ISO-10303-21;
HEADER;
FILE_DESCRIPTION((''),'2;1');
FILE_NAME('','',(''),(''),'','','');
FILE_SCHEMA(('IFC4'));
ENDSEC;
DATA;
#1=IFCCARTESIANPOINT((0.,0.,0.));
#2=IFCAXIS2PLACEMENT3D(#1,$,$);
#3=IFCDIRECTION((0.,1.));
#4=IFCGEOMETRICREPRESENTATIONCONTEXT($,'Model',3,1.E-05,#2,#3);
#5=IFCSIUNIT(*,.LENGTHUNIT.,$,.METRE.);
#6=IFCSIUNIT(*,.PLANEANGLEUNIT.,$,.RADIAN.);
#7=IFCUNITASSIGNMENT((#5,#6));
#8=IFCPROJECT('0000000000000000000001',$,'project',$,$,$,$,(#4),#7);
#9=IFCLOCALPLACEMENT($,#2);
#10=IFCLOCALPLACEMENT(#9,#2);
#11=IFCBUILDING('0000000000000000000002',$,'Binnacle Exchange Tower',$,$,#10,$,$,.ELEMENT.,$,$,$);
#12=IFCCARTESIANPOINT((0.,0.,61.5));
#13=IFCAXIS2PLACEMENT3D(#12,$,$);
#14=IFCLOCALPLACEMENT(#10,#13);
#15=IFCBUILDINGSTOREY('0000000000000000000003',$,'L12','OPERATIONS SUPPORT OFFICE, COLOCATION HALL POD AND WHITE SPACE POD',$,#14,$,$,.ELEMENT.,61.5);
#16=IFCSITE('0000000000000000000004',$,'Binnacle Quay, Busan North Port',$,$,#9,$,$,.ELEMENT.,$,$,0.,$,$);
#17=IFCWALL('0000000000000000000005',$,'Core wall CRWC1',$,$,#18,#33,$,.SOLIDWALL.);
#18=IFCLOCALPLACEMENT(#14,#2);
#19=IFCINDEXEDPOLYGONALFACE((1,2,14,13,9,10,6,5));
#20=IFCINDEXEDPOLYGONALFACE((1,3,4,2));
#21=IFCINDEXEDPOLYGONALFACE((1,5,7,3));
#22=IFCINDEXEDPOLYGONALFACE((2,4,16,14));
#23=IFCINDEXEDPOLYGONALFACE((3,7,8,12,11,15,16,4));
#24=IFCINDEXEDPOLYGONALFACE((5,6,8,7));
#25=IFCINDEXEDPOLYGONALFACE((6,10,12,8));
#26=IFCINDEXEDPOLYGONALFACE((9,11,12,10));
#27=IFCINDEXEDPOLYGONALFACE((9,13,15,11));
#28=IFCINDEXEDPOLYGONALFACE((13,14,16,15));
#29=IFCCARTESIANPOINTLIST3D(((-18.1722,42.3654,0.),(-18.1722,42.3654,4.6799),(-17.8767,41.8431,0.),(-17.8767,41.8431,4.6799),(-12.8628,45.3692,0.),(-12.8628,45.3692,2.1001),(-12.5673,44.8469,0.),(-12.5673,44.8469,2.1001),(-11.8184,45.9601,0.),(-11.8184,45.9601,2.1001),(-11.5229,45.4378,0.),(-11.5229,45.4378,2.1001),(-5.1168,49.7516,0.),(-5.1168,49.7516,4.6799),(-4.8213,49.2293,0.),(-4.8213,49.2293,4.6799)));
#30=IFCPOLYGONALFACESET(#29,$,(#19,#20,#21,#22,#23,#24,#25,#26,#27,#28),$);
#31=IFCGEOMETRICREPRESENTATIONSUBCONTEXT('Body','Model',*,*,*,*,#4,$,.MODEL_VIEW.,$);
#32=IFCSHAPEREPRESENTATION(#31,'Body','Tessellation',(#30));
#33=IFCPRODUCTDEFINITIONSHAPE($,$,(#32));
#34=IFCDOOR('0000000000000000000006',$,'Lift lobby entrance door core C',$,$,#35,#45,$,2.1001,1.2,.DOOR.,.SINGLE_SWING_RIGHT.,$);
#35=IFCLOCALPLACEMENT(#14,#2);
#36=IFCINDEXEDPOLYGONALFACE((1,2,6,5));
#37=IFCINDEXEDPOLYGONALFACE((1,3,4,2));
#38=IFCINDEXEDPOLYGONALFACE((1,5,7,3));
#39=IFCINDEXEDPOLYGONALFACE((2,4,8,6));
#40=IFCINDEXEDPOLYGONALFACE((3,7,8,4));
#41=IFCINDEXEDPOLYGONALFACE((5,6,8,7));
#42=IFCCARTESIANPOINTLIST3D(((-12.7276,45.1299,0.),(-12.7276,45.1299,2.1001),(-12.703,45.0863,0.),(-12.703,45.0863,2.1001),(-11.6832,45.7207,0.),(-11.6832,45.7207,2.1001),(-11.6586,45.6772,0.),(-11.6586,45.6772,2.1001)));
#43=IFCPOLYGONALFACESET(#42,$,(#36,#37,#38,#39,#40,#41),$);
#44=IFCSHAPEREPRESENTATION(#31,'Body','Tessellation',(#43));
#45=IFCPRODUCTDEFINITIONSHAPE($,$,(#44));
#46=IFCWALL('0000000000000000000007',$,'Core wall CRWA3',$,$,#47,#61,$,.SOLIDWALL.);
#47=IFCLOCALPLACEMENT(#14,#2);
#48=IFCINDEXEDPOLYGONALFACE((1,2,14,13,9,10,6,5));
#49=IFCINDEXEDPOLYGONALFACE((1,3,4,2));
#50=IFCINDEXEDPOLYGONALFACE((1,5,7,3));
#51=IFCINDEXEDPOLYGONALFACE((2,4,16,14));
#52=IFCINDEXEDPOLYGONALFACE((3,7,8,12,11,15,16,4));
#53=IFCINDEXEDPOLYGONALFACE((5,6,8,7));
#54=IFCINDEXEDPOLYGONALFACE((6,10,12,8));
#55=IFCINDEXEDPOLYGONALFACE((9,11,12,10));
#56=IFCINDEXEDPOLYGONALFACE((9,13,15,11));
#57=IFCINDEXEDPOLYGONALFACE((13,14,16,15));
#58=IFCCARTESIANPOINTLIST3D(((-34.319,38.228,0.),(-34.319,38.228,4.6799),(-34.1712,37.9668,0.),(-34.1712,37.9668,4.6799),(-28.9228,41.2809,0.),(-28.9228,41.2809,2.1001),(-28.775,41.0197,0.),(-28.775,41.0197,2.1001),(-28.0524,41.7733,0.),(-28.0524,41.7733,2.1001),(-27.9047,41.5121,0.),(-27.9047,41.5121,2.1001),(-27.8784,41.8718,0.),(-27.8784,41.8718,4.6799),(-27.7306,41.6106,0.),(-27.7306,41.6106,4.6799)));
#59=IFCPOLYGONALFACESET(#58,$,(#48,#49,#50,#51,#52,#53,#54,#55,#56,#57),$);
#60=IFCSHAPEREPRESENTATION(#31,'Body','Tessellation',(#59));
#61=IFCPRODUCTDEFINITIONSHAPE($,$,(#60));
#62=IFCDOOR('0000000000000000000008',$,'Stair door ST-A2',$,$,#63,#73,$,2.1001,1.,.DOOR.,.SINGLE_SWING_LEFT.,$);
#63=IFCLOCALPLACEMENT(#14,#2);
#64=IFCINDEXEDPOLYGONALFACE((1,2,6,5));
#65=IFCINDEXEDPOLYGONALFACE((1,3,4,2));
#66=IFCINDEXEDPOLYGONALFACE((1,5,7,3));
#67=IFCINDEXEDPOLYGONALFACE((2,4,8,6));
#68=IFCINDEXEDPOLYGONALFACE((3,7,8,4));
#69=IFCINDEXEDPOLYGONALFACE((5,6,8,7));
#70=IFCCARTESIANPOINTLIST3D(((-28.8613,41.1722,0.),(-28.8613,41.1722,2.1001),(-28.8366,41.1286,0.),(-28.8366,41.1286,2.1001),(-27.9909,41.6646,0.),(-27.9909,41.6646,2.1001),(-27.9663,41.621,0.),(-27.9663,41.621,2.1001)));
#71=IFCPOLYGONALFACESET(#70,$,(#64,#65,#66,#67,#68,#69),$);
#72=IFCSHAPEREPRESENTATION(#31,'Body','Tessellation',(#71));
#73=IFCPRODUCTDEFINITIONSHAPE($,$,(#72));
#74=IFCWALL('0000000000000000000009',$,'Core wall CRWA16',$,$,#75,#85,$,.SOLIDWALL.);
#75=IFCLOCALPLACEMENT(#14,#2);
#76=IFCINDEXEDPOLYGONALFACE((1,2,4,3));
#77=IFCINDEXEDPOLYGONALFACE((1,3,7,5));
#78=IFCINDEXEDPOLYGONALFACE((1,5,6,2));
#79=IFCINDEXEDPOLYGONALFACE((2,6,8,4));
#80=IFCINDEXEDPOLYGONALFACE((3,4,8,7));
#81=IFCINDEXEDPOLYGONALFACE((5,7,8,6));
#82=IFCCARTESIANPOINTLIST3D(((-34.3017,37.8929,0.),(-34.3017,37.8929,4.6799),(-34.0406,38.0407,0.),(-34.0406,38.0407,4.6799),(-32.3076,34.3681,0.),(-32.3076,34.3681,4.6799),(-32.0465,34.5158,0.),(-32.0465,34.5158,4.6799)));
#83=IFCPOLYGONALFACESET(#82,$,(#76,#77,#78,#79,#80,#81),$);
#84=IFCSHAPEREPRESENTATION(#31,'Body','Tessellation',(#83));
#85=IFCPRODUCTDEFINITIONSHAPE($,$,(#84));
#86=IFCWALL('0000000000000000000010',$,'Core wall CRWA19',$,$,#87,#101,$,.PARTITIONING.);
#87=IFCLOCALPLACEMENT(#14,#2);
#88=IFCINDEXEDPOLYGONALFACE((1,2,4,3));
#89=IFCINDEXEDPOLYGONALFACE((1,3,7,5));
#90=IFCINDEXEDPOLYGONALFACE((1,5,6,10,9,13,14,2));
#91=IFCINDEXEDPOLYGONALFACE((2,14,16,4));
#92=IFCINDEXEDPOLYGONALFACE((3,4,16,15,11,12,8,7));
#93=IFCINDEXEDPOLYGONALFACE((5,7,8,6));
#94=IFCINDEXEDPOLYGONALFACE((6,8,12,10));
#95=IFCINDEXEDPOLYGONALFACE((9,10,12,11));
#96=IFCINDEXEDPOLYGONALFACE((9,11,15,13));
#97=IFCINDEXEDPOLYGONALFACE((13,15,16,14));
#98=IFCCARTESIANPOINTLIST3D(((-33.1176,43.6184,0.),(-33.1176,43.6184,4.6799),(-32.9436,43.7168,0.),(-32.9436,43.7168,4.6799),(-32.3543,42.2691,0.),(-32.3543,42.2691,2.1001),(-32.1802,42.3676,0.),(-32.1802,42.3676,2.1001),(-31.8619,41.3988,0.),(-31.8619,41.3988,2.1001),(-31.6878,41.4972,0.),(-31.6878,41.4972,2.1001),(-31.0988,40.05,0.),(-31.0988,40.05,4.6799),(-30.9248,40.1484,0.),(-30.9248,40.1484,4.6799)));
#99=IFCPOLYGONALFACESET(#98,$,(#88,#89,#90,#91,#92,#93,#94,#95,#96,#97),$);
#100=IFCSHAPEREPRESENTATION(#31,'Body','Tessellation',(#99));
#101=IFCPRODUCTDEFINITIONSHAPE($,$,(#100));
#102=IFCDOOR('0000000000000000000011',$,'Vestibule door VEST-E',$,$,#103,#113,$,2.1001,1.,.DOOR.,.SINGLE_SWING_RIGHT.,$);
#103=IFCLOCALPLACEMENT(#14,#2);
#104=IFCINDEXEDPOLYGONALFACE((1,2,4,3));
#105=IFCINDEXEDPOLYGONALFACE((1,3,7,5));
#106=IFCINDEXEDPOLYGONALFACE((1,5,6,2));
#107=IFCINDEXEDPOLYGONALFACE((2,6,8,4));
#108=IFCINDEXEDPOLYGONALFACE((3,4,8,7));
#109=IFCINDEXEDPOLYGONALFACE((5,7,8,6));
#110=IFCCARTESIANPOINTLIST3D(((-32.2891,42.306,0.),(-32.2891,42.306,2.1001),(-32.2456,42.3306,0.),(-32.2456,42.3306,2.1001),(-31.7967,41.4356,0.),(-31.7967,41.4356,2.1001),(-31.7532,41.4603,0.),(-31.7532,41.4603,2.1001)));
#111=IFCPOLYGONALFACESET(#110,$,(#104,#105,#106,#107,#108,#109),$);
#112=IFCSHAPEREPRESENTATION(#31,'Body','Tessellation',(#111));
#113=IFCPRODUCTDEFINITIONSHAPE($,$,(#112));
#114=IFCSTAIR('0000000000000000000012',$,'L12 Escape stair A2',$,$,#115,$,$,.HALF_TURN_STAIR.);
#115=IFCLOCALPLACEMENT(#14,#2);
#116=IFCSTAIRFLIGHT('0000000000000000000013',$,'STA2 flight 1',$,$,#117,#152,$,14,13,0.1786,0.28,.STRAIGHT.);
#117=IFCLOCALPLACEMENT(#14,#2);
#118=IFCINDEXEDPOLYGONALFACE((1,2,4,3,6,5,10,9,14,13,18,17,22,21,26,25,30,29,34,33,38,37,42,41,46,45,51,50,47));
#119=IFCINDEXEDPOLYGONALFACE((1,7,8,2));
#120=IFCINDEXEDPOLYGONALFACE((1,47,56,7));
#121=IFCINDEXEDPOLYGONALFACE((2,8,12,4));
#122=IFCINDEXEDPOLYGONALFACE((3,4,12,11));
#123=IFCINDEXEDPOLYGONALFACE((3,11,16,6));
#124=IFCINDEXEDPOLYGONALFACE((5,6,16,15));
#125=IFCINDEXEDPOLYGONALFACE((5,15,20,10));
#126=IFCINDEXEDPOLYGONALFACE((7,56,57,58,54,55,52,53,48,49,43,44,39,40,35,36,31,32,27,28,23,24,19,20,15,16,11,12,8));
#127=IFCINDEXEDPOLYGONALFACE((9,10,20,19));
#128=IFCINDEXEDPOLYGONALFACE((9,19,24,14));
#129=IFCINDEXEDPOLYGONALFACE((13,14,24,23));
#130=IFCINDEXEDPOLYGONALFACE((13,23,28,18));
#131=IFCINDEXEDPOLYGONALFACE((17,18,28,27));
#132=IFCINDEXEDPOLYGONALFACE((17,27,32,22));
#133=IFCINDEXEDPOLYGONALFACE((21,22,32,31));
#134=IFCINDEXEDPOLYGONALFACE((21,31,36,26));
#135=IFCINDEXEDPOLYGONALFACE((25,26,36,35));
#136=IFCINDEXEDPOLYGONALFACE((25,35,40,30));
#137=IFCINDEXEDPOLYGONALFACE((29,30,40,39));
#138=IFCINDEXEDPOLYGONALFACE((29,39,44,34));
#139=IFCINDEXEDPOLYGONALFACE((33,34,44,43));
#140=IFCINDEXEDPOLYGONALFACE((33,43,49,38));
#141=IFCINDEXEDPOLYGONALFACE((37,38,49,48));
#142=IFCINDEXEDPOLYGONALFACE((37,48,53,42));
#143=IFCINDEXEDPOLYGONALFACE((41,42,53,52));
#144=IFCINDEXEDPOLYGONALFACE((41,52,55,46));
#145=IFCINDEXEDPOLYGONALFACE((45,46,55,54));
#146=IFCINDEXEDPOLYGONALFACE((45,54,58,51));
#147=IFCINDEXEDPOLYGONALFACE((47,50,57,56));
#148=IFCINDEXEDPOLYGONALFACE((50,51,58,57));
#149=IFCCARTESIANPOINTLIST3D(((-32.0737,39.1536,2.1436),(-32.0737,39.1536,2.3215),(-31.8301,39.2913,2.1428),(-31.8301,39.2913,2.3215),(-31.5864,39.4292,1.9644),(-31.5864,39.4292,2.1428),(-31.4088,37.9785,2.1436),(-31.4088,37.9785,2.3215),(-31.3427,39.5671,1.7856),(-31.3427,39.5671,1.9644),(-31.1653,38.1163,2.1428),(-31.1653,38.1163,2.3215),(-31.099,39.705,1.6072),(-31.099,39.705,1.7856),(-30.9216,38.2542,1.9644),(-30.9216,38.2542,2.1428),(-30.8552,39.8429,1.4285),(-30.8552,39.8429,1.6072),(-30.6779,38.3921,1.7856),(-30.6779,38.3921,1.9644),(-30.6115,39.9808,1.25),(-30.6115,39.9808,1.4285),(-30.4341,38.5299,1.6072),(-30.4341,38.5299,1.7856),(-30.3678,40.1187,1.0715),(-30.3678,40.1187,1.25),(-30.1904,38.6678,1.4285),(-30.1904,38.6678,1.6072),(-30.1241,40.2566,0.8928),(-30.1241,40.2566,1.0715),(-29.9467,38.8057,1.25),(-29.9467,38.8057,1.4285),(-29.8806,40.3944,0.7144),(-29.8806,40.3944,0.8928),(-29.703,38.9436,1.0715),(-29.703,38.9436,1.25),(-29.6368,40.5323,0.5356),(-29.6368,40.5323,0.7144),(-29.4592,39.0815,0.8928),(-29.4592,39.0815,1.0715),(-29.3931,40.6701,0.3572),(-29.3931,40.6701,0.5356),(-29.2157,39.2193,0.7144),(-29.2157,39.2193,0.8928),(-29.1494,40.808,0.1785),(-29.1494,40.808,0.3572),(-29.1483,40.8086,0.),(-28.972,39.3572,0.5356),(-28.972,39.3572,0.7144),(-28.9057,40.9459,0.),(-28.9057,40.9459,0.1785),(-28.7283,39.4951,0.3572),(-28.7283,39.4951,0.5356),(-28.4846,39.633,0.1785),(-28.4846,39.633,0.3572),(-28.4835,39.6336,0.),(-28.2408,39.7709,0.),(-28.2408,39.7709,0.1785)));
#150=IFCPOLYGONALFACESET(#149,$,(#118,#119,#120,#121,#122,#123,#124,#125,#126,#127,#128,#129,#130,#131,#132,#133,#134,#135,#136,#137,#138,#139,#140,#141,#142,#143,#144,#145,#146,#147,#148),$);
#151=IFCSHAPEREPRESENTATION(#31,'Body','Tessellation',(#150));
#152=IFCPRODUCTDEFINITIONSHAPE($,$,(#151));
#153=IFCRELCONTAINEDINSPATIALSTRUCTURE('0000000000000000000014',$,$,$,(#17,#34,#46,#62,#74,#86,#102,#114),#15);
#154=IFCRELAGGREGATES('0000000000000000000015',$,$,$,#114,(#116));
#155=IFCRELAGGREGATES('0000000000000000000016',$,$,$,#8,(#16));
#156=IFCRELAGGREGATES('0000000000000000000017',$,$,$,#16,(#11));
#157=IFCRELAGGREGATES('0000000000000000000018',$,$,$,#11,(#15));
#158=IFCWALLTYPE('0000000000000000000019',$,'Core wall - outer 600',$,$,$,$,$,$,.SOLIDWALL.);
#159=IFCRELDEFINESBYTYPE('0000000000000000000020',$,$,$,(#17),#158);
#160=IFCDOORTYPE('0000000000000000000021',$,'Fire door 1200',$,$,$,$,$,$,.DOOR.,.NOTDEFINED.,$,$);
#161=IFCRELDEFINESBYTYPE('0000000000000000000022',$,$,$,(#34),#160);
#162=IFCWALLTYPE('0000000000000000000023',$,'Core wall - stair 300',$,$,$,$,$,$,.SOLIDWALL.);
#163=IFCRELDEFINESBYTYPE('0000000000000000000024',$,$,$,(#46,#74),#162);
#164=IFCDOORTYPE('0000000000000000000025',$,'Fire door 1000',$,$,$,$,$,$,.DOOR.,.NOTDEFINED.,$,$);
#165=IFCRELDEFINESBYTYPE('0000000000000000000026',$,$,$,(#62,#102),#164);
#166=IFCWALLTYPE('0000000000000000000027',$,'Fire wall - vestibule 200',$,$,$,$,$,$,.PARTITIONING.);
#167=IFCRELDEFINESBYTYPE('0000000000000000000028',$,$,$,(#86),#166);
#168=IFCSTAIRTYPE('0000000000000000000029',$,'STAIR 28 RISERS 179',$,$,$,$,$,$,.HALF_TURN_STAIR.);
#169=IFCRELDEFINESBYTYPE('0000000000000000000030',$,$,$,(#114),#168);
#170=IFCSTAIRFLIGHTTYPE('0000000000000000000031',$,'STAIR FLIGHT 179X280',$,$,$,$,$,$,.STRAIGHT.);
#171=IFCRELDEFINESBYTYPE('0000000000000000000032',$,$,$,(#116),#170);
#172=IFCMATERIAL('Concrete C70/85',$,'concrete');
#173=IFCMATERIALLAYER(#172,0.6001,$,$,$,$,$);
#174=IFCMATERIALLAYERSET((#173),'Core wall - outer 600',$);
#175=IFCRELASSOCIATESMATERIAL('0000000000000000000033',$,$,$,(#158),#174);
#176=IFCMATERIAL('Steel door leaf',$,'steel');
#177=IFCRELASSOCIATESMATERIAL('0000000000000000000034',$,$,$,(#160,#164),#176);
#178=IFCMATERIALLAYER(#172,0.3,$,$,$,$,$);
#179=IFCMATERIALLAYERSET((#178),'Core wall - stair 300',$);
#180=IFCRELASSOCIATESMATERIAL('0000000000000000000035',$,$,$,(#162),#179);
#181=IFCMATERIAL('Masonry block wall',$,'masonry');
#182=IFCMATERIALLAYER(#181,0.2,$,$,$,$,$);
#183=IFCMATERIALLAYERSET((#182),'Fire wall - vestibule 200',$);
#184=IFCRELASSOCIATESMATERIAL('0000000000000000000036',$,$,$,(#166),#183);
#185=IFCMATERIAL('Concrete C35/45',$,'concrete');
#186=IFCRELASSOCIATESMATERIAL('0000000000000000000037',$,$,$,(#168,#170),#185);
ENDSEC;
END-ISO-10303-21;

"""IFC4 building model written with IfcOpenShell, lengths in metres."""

from ifc_helpers import new_model, si_unit, direction, frame, frame_2d, origin, place, context, subcontext, project, spatial, polyline, rectangle, outline, extrude, material, layer, layer_set, type_object, element, fill, aggregate, save


model = new_model("IFC4")

# Units and contexts
model_context = context("Model", 3, precision=1e-05, world=origin(), true_north=direction((0.0, 1.0)))
body_context = subcontext(model_context, "Body", "Model", "MODEL_VIEW")
ifc_project = project(units=[si_unit("LENGTHUNIT", "METRE"), si_unit("PLANEANGLEUNIT", "RADIAN")], contexts=[model_context])

# Site, building, storey
site_placement = place(None, origin())
site = spatial("IfcSite", under=ifc_project, at=site_placement, Name="Binnacle Quay, Busan North Port", CompositionType="ELEMENT", RefElevation=0.0)
building_placement = place(site_placement, origin())
building = spatial("IfcBuilding", under=site, at=building_placement, Name="Binnacle Exchange Tower", CompositionType="ELEMENT")
storey_placement = place(building_placement, frame((0.0, 0.0, 61.5)))
storey = spatial("IfcBuildingStorey", under=building, at=storey_placement, Name="L12", Description="OPERATIONS SUPPORT OFFICE, COLOCATION HALL POD AND WHITE SPACE POD", CompositionType="ELEMENT", Elevation=61.5)

# Shared definitions
ifc_material_1 = material(Name="Concrete C70/85", Category="concrete")

# Shared definitions
ifc_material_2 = material(Name="Steel door leaf", Category="steel")

# Walls, openings, doors
ifc_layer_1 = layer(ifc_material_1, 0.6001)
ifc_layer_set_1 = layer_set([ifc_layer_1], Name="Core wall - outer 600")
wall_type_1 = type_object("IfcWallType", Name="Core wall - outer 600", PredefinedType="SOLIDWALL", material=ifc_layer_set_1)
wall_1_placement = place(storey_placement, frame((-18.0244, 42.1042, 0.0), z_axis=(0.0, 0.0, 1.0), x_axis=(0.870361, 0.492415, 0.0)))
wall_1 = element("IfcWall", 1, at=wall_1_placement, inside=storey, type_object=wall_type_1, Name="Core wall CRWC1", PredefinedType="SOLIDWALL", context=body_context, shape_type="SweptSolid", body=[
    extrude(rectangle(XDim=15.0, YDim=0.6001, at=frame_2d((7.5, 0.0))), origin(), (0.0, 0.0, 1.0), 4.6799),
])
opening_1_placement = place(wall_1_placement, frame((6.1001, 0.0, 0.0)))
opening_1 = element("IfcOpeningElement", 2, at=opening_1_placement, cuts=wall_1, PredefinedType="OPENING", context=body_context, shape_type="SweptSolid", body=[
    extrude(rectangle(XDim=1.2, YDim=2.1001, at=frame_2d((0.6001, 1.05))), frame((0.0, 0.3101, 0.0), z_axis=(0.0, -1.0, 0.0), x_axis=(1.0, 0.0, 0.0)), (0.0, 0.0, 1.0), 0.6201),
])
door_type_1 = type_object("IfcDoorType", Name="Fire door 1200", OperationType="NOTDEFINED", PredefinedType="DOOR", material=ifc_material_2)
door_1_placement = place(opening_1_placement, frame((1.2, 0.0, 0.0), z_axis=(0.0, 0.0, 1.0), x_axis=(-1.0, 0.0, 0.0)))
door_1 = element("IfcDoor", 3, at=door_1_placement, inside=storey, type_object=door_type_1, Name="Lift lobby entrance door core C", OperationType="SINGLE_SWING_RIGHT", OverallHeight=2.1001, OverallWidth=1.2, PredefinedType="DOOR", context=body_context, shape_type="SweptSolid", body=[
    extrude(rectangle(XDim=1.2, YDim=2.1001, at=frame_2d((0.6001, 1.05))), frame((0.0, 0.0249, 0.0), z_axis=(0.0, -1.0, 0.0), x_axis=(1.0, 0.0, 0.0)), (0.0, 0.0, 1.0), 0.05),
])
fill(opening_1, door_1)
ifc_layer_2 = layer(ifc_material_1, 0.3)
ifc_layer_set_2 = layer_set([ifc_layer_2], Name="Core wall - stair 300")
wall_type_2 = type_object("IfcWallType", Name="Core wall - stair 300", PredefinedType="SOLIDWALL", material=ifc_layer_set_2)
wall_2_placement = place(storey_placement, frame((-34.2451, 38.0974, 0.0), z_axis=(0.0, 0.0, 1.0), x_axis=(0.870365, 0.492407, 0.0)))
wall_2 = element("IfcWall", 4, at=wall_2_placement, inside=storey, type_object=wall_type_2, Name="Core wall CRWA3", PredefinedType="SOLIDWALL", context=body_context, shape_type="SweptSolid", body=[
    extrude(rectangle(XDim=7.3999, YDim=0.3, at=frame_2d((3.7, 0.0))), origin(), (0.0, 0.0, 1.0), 4.6799),
])
opening_2_placement = place(wall_2_placement, frame((6.2, 0.0, 0.0)))
opening_2 = element("IfcOpeningElement", 5, at=opening_2_placement, cuts=wall_2, PredefinedType="OPENING", context=body_context, shape_type="SweptSolid", body=[
    extrude(rectangle(XDim=1.0, YDim=2.1001, at=frame_2d((0.5, 1.05))), frame((0.0, 0.1599, 0.0), z_axis=(0.0, -1.0, 0.0), x_axis=(1.0, 0.0, 0.0)), (0.0, 0.0, 1.0), 0.3201),
])
door_type_2 = type_object("IfcDoorType", Name="Fire door 1000", OperationType="NOTDEFINED", PredefinedType="DOOR", material=ifc_material_2)
door_2_placement = place(opening_2_placement, frame((1.0, 0.0, 0.0), z_axis=(0.0, 0.0, 1.0), x_axis=(-1.0, 0.0, 0.0)))
door_2 = element("IfcDoor", 6, at=door_2_placement, inside=storey, type_object=door_type_2, Name="Stair door ST-A2", OperationType="SINGLE_SWING_LEFT", OverallHeight=2.1001, OverallWidth=1.0, PredefinedType="DOOR", context=body_context, shape_type="SweptSolid", body=[
    extrude(rectangle(XDim=1.0, YDim=2.1001, at=frame_2d((0.5, 1.05))), frame((0.0, 0.0249, 0.0), z_axis=(0.0, -1.0, 0.0), x_axis=(1.0, 0.0, 0.0)), (0.0, 0.0, 1.0), 0.05),
])
fill(opening_2, door_2)

# Wall
wall_3_placement = place(storey_placement, frame((-34.1711, 37.9668, 0.0), z_axis=(0.0, 0.0, 1.0), x_axis=(0.492395, -0.870372, 0.0)))
element("IfcWall", 7, at=wall_3_placement, inside=storey, type_object=wall_type_2, Name="Core wall CRWA16", PredefinedType="SOLIDWALL", context=body_context, shape_type="SweptSolid", body=[
    extrude(rectangle(XDim=4.0498, YDim=0.3, at=frame_2d((2.0249, 0.0))), origin(), (0.0, 0.0, 1.0), 4.6799),
])

# Wall, opening, door
ifc_material_3 = material(Name="Masonry block wall", Category="masonry")
ifc_layer_3 = layer(ifc_material_3, 0.2)
ifc_layer_set_3 = layer_set([ifc_layer_3], Name="Fire wall - vestibule 200")
wall_type_3 = type_object("IfcWallType", Name="Fire wall - vestibule 200", PredefinedType="PARTITIONING", material=ifc_layer_set_3)
wall_4_placement = place(storey_placement, frame((-33.0305, 43.6675, 0.0), z_axis=(0.0, 0.0, 1.0), x_axis=(0.492408, -0.870364, 0.0)))
wall_4 = element("IfcWall", 8, at=wall_4_placement, inside=storey, type_object=wall_type_3, Name="Core wall CRWA19", PredefinedType="PARTITIONING", context=body_context, shape_type="SweptSolid", body=[
    extrude(rectangle(XDim=4.0999, YDim=0.2, at=frame_2d((2.0498, 0.0))), origin(), (0.0, 0.0, 1.0), 4.6799),
])
opening_3_placement = place(wall_4_placement, frame((1.55, 0.0, 0.0)))
opening_3 = element("IfcOpeningElement", 9, at=opening_3_placement, cuts=wall_4, PredefinedType="OPENING", context=body_context, shape_type="SweptSolid", body=[
    extrude(rectangle(XDim=1.0, YDim=2.1001, at=frame_2d((0.5, 1.05))), frame((0.0, 0.1099, 0.0), z_axis=(0.0, -1.0, 0.0), x_axis=(1.0, 0.0, 0.0)), (0.0, 0.0, 1.0), 0.22),
])
door_3_placement = place(opening_3_placement, origin())
door_3 = element("IfcDoor", 10, at=door_3_placement, inside=storey, type_object=door_type_2, Name="Vestibule door VEST-E", OperationType="SINGLE_SWING_RIGHT", OverallHeight=2.1001, OverallWidth=1.0, PredefinedType="DOOR", context=body_context, shape_type="SweptSolid", body=[
    extrude(rectangle(XDim=1.0, YDim=2.1001, at=frame_2d((0.5, 1.05))), frame((0.0, 0.0249, 0.0), z_axis=(0.0, -1.0, 0.0), x_axis=(1.0, 0.0, 0.0)), (0.0, 0.0, 1.0), 0.05),
])
fill(opening_3, door_3)

# Stair, stair flight
ifc_material_4 = material(Name="Concrete C35/45", Category="concrete")
stair_type = type_object("IfcStairType", Name="STAIR 28 RISERS 179", PredefinedType="HALF_TURN_STAIR", material=ifc_material_4)
stair_placement = place(storey_placement, origin())
stair = element("IfcStair", 11, at=stair_placement, inside=storey, type_object=stair_type, Name="L12 Escape stair A2", PredefinedType="HALF_TURN_STAIR")
stair_flight_type = type_object("IfcStairFlightType", Name="STAIR FLIGHT 179X280", PredefinedType="STRAIGHT", material=ifc_material_4)
stair_flight_placement = place(storey_placement, frame((-28.5732, 40.3584, 0.0), z_axis=(0.0, 0.0, 1.0), x_axis=(-0.870356, -0.492424, 0.0)))
stair_flight = element("IfcStairFlight", 12, at=stair_flight_placement, type_object=stair_flight_type, Name="STA2 flight 1", NumberOfRisers=14, NumberOfTreads=13, PredefinedType="STRAIGHT", RiserHeight=0.1786, TreadLength=0.28, context=body_context, shape_type="SweptSolid", body=[
    extrude(outline(polyline([(0.0, 0.0), (0.0, 0.1785), (0.28, 0.1785), (0.28, 0.3572), (0.5601, 0.3572), (0.5601, 0.5356), (0.8401, 0.5356), (0.8401, 0.7144), (1.1201, 0.7144), (1.1201, 0.8928), (1.3999, 0.8928), (1.3999, 1.0715), (1.6799, 1.0715), (1.6799, 1.25), (1.96, 1.25), (1.96, 1.4285), (2.24, 1.4285), (2.24, 1.6072), (2.52, 1.6072), (2.52, 1.7856), (2.8, 1.7856), (2.8, 1.9644), (3.0801, 1.9644), (3.0801, 2.1428), (3.3601, 2.1428), (3.3601, 2.3215), (3.6399, 2.3215), (3.6399, 2.5), (3.6399, 2.1436), (0.2788, 0.0), (0.0, 0.0)])), frame((0.0, 0.675, 0.0), z_axis=(0.0, -1.0, 0.0), x_axis=(1.0, 0.0, 0.0)), (0.0, 0.0, 1.0), 1.3501),
])
aggregate(stair, [stair_flight])

save(model, "model.ifc")
